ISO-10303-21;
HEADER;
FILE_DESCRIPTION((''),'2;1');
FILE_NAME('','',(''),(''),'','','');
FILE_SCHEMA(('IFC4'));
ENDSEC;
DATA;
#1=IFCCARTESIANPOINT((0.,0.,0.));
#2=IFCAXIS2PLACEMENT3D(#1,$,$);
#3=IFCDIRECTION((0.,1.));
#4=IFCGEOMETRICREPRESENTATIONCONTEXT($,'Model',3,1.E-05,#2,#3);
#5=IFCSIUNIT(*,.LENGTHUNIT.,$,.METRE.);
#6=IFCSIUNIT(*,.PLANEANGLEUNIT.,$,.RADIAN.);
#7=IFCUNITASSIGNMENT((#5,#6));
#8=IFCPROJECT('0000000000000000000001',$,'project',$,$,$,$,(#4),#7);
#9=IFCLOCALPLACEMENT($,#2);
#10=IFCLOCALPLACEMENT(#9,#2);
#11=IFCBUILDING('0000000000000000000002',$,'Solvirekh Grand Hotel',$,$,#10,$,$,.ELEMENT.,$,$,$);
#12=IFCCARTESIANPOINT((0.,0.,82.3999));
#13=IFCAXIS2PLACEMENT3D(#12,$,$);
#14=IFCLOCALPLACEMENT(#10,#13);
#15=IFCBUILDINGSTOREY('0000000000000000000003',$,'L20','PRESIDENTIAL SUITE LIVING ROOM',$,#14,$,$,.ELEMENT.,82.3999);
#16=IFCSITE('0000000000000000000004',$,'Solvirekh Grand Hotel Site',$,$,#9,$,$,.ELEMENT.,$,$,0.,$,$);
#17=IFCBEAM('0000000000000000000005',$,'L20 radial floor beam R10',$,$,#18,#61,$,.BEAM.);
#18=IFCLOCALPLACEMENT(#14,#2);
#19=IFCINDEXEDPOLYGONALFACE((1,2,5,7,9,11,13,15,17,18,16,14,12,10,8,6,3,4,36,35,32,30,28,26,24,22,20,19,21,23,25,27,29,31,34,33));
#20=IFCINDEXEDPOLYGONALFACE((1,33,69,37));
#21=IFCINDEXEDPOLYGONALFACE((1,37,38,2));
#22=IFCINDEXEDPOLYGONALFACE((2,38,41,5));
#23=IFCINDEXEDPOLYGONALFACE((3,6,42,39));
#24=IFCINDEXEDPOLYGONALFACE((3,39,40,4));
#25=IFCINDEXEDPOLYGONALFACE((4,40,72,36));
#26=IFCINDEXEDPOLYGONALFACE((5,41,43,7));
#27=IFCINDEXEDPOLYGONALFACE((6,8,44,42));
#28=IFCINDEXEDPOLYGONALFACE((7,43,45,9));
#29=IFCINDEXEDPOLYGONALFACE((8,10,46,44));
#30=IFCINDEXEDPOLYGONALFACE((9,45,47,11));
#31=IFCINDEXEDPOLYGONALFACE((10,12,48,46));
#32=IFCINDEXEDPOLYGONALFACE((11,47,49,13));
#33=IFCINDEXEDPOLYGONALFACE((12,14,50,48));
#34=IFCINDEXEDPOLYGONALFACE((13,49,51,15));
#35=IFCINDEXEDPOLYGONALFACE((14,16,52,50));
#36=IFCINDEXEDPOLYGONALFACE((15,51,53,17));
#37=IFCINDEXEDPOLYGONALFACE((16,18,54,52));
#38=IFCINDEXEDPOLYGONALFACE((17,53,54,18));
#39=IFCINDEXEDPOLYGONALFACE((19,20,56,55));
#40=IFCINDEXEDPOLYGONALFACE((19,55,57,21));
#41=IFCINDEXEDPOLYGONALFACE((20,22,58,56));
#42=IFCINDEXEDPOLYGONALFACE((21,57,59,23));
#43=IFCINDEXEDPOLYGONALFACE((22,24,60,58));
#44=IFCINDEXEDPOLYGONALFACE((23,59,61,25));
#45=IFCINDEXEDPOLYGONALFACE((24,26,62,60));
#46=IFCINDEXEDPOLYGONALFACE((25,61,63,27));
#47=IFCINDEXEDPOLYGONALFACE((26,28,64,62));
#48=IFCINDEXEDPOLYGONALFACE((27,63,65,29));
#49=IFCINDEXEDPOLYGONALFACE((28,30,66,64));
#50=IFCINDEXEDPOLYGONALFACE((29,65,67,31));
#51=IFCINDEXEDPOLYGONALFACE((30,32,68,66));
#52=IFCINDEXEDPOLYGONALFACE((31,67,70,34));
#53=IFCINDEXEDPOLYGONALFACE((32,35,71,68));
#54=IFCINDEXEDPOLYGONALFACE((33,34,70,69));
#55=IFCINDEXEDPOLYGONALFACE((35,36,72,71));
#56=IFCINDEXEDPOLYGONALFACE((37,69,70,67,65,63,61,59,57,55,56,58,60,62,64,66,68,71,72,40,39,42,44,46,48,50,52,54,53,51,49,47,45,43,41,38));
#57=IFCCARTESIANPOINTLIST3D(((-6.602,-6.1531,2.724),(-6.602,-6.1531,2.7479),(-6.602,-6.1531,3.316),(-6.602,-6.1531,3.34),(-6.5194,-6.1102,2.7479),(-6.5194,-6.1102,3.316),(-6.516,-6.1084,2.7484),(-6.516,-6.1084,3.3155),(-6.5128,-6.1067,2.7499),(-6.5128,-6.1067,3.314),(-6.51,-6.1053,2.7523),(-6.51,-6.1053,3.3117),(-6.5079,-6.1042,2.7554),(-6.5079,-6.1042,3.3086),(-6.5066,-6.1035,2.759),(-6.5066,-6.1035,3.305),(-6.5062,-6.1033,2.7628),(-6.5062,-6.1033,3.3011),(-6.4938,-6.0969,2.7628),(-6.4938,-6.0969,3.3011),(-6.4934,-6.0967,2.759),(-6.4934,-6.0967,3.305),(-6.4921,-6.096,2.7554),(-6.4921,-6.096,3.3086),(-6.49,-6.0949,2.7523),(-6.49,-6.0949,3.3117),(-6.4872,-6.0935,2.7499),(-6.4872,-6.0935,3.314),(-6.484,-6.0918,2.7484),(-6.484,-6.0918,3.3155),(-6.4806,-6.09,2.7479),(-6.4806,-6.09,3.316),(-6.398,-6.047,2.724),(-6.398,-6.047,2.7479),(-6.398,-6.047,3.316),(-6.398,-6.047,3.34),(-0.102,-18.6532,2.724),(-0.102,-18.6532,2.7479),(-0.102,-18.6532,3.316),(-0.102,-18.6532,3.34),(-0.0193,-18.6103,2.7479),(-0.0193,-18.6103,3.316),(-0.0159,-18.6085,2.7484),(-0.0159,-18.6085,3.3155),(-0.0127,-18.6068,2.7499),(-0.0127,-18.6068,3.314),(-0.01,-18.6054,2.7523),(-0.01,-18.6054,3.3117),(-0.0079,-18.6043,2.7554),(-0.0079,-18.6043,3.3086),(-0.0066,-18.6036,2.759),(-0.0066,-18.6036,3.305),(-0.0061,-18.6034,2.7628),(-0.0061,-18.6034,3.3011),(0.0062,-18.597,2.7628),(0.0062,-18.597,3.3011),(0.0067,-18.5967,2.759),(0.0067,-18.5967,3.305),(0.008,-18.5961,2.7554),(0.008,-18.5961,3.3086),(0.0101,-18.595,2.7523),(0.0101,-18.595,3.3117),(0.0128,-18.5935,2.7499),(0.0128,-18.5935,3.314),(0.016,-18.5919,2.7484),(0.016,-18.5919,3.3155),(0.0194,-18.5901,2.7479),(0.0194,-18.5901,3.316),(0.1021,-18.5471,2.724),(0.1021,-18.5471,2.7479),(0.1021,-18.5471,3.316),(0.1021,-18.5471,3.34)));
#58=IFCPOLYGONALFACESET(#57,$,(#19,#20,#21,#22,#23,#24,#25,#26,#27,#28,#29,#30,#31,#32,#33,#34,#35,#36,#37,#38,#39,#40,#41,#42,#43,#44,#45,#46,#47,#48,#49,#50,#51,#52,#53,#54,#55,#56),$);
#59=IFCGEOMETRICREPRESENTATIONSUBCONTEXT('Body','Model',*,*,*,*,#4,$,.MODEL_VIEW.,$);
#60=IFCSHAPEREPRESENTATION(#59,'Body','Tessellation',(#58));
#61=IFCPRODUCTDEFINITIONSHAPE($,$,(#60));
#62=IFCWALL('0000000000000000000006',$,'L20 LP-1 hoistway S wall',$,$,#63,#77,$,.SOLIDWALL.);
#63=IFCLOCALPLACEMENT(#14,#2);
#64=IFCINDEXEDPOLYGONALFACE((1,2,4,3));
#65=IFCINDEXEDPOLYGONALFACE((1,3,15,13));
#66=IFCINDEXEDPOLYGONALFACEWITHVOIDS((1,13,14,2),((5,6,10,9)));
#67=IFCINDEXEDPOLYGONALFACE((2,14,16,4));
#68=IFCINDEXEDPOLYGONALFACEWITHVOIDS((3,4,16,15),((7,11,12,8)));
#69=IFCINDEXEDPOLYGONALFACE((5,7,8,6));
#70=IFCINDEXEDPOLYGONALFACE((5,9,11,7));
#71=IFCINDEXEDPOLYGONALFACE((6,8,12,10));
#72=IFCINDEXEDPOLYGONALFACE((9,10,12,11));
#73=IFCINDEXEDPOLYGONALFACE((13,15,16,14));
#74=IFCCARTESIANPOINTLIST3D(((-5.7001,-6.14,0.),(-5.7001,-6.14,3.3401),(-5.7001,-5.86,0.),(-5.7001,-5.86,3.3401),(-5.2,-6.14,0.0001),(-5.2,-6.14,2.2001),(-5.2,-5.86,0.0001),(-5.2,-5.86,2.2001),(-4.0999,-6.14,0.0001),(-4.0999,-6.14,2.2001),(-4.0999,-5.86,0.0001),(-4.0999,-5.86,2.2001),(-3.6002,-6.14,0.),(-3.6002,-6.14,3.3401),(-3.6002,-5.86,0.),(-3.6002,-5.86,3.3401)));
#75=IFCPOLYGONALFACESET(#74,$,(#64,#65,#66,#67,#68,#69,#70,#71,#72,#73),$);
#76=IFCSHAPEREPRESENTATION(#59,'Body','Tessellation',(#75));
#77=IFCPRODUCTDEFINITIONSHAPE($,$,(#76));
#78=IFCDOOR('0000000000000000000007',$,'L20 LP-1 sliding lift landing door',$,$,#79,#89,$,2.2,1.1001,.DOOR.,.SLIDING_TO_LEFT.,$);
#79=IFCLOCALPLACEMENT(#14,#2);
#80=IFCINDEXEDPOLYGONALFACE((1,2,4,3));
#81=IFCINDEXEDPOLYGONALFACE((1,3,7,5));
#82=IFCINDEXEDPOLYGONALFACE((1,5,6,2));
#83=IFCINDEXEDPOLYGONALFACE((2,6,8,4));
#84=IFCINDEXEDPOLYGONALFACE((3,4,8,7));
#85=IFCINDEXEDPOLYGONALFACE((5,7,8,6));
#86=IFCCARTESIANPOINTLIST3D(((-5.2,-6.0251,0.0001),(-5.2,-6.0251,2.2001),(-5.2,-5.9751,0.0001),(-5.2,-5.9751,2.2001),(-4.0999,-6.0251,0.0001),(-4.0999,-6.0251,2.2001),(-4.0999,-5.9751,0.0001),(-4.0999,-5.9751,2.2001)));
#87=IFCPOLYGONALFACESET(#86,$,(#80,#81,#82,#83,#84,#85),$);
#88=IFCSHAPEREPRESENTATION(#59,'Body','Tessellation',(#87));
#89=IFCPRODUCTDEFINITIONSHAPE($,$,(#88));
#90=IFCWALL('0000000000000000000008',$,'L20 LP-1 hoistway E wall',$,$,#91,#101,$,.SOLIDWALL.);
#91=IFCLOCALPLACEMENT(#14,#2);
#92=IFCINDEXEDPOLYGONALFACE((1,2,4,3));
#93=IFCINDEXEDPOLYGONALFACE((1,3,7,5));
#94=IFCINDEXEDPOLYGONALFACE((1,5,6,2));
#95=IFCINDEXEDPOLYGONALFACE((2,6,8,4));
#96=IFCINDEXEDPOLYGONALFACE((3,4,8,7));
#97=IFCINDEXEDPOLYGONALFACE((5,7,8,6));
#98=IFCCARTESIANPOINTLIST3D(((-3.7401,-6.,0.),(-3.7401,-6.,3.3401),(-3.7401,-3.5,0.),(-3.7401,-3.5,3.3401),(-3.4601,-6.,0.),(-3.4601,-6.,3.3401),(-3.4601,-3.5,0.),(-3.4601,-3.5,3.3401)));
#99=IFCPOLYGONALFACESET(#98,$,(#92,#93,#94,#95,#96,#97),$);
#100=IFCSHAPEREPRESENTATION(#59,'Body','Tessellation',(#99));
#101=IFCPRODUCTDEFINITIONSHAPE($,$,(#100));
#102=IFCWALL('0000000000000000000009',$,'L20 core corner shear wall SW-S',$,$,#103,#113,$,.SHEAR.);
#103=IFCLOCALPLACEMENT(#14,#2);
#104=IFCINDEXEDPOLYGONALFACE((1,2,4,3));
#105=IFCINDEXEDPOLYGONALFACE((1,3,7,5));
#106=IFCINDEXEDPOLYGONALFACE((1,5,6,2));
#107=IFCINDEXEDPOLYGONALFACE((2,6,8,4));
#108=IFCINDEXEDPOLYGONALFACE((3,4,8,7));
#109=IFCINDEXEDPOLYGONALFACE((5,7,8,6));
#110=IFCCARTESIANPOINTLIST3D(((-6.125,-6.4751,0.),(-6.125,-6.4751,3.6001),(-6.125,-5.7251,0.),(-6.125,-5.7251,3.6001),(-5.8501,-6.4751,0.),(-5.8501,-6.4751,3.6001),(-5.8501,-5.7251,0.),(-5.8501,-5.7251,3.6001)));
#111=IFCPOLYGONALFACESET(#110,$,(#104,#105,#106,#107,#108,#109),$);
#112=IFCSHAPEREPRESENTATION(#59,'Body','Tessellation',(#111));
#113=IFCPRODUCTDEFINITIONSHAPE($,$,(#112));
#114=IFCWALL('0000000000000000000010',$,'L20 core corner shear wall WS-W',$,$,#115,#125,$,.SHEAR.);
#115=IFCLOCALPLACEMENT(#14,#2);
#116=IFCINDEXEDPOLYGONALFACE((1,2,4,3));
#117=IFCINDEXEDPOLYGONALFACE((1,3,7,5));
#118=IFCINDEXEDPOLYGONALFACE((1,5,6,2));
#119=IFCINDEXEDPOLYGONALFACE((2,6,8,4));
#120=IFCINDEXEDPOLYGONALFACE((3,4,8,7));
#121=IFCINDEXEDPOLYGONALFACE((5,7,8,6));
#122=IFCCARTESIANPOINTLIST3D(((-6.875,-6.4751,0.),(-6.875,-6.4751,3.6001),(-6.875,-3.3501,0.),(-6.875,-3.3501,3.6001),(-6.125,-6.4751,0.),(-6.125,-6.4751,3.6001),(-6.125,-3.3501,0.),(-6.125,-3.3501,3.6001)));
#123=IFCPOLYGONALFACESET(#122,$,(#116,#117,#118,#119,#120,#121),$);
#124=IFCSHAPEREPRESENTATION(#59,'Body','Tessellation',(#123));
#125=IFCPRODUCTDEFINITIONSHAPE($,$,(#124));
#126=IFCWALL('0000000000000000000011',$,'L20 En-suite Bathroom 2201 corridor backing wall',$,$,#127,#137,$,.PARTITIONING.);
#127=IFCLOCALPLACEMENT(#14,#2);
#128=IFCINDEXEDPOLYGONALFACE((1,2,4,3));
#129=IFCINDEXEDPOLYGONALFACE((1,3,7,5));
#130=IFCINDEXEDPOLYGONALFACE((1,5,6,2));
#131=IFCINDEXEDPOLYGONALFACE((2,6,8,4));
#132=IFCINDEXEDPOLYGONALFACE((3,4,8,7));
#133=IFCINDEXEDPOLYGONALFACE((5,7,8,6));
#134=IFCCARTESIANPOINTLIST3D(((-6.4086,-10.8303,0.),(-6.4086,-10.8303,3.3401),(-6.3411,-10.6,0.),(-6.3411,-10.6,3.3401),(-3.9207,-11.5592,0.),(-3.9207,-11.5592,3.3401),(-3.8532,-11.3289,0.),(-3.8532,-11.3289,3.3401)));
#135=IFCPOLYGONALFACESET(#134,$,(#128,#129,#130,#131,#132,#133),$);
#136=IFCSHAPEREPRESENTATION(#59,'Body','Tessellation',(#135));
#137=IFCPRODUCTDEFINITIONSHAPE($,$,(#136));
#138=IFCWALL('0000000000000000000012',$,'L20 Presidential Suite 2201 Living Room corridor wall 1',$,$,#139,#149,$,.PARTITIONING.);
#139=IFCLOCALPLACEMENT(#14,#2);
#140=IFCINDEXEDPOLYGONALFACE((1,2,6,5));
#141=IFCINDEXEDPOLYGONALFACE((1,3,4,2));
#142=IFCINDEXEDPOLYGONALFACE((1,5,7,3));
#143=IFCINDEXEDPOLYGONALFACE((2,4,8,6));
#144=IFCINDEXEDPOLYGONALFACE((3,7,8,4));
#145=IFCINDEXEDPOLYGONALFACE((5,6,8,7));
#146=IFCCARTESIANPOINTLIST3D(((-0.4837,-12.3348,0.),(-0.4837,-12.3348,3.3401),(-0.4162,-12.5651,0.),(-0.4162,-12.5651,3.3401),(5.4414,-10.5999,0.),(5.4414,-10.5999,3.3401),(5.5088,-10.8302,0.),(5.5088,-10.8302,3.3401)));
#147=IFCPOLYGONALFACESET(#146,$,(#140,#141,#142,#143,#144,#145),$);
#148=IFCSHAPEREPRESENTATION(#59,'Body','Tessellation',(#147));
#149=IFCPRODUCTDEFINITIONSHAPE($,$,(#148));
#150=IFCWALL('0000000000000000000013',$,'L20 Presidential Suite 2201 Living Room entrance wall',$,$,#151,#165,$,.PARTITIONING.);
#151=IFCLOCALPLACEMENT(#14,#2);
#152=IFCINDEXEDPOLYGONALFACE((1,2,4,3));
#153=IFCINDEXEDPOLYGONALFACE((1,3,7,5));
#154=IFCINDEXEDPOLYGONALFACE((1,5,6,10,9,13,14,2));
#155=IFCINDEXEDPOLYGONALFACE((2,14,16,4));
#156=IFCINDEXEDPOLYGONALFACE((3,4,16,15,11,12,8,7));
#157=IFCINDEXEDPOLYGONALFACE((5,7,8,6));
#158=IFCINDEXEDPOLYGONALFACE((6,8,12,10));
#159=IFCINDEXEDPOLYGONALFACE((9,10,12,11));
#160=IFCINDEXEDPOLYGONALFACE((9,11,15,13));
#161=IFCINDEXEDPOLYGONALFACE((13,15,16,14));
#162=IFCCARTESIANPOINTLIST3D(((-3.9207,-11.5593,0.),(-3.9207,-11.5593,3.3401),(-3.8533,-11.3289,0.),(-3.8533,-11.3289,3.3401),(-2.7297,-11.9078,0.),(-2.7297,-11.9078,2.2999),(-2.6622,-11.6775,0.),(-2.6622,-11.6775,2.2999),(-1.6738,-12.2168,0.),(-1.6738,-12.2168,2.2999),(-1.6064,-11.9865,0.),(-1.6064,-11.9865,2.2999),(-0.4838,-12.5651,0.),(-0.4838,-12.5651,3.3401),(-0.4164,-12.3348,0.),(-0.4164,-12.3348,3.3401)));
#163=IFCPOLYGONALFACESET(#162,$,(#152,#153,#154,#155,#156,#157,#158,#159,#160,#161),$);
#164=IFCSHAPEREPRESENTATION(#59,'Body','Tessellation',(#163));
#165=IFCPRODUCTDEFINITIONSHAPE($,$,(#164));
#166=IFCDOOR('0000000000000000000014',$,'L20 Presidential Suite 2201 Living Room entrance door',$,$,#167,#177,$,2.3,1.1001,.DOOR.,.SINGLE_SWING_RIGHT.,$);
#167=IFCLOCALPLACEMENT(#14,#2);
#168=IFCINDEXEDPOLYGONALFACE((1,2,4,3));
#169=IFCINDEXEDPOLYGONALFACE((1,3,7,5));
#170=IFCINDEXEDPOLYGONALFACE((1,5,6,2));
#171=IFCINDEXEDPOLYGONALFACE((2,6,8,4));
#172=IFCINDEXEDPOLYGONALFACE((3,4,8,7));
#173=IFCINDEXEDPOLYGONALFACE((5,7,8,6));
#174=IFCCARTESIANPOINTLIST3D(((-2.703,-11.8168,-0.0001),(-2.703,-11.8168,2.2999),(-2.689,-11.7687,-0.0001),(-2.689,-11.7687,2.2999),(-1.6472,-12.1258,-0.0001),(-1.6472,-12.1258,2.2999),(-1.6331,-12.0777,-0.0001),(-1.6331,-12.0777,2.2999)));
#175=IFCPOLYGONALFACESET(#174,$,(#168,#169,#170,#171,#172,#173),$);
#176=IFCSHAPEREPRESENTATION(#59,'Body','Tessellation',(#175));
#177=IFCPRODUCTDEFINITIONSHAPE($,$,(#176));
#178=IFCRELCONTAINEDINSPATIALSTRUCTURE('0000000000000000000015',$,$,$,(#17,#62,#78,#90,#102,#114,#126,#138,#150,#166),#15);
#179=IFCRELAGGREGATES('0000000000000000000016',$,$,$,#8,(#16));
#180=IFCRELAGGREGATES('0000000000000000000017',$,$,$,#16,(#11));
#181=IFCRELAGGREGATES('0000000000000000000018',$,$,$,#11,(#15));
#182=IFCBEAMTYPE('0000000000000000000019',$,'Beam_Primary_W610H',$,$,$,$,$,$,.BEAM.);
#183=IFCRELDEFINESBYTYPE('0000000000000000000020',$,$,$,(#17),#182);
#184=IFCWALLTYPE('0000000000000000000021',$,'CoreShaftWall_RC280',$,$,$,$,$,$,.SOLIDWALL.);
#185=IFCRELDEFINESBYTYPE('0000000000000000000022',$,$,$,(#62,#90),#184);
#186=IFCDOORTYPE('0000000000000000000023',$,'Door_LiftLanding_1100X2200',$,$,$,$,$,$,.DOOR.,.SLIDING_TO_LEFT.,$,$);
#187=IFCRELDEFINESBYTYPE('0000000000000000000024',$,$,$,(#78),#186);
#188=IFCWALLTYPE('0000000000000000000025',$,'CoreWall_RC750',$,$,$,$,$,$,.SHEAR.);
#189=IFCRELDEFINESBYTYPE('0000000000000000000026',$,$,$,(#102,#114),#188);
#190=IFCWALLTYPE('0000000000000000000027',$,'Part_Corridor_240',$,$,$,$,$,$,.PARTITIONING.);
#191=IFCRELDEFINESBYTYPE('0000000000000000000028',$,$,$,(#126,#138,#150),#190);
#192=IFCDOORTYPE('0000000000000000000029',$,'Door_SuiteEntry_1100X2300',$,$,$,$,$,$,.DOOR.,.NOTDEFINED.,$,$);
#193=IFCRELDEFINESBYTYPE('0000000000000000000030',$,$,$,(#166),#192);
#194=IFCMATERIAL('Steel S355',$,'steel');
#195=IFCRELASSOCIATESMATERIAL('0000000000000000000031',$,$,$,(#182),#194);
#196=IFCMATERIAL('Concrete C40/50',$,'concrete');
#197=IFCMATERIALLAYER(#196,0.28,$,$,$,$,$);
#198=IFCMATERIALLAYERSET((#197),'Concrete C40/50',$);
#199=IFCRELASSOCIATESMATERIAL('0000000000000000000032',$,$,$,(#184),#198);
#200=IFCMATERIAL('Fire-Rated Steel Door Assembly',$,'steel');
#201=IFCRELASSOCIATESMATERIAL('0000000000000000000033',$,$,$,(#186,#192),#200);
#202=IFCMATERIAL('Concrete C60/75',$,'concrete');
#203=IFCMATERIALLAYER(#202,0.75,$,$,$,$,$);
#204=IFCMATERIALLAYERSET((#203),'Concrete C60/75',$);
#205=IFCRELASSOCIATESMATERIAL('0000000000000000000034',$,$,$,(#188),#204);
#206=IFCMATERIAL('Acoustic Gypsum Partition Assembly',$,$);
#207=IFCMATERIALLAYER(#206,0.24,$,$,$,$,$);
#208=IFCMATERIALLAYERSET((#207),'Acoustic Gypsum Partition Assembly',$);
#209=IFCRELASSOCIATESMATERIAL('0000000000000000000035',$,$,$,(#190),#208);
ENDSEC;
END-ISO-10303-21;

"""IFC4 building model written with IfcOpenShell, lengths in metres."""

from ifc_helpers import new_model, si_unit, direction, frame, frame_2d, origin, origin_2d, place, context, subcontext, project, spatial, rectangle, i_section, extrude, material, layer, layer_set, material_profile, profile_set, type_object, element, fill, save


model = new_model("IFC4")

# Units and contexts
model_context = context("Model", 3, precision=1e-05, world=origin(), true_north=direction((0.0, 1.0)))
body_context = subcontext(model_context, "Body", "Model", "MODEL_VIEW")
ifc_project = project(units=[si_unit("LENGTHUNIT", "METRE"), si_unit("PLANEANGLEUNIT", "RADIAN")], contexts=[model_context])

# Site, building, storey
site_placement = place(None, origin())
site = spatial("IfcSite", under=ifc_project, at=site_placement, Name="Solvirekh Grand Hotel Site", CompositionType="ELEMENT", RefElevation=0.0)
building_placement = place(site_placement, origin())
building = spatial("IfcBuilding", under=site, at=building_placement, Name="Solvirekh Grand Hotel", CompositionType="ELEMENT")
storey_placement = place(building_placement, frame((0.0, 0.0, 82.3999)))
storey = spatial("IfcBuildingStorey", under=building, at=storey_placement, Name="L20", Description="PRESIDENTIAL SUITE LIVING ROOM", CompositionType="ELEMENT", Elevation=82.3999)

# Shared definitions
ifc_material_1 = material(Name="Concrete C60/75", Category="concrete")

# Beam
ifc_material_2 = material(Name="Steel S355", Category="steel")
ifc_material_profile_1 = material_profile(ifc_material_2, i_section(OverallWidth=0.23, OverallDepth=0.616, WebThickness=0.0139, FlangeThickness=0.0239, FilletRadius=0.0149, at=origin_2d()), Name="W610X174")
ifc_profile_set_1 = profile_set([ifc_material_profile_1], Name="Steel S355")
beam_type_1 = type_object("IfcBeamType", Name="Beam_Primary_W610H", PredefinedType="BEAM", material=ifc_profile_set_1)
beam_1_placement = place(storey_placement, frame((-6.5, -6.1001, 3.032), z_axis=(0.461353, -0.887217, 0.0), x_axis=(0.887217, 0.461353, 0.0)))
element("IfcBeam", 1, at=beam_1_placement, inside=storey, type_object=beam_type_1, Name="L20 radial floor beam R10", PredefinedType="BEAM", context=body_context, shape_type="SweptSolid", body=[
    extrude(i_section(OverallWidth=0.23, OverallDepth=0.616, WebThickness=0.0139, FlangeThickness=0.0239, FilletRadius=0.0149, at=origin_2d()), origin(), (0.0, 0.0, 1.0), 14.0891),
])

# Wall, opening, door
ifc_material_3 = material(Name="Concrete C40/50", Category="concrete")
ifc_layer_1 = layer(ifc_material_3, 0.28)
ifc_layer_set_1 = layer_set([ifc_layer_1], Name="Concrete C40/50")
wall_type_1 = type_object("IfcWallType", Name="CoreShaftWall_RC280", PredefinedType="SOLIDWALL", material=ifc_layer_set_1)
wall_1_placement = place(storey_placement, frame((-5.7, -6.0, 0.0), z_axis=(0.0, 0.0, 1.0), x_axis=(1.0, 0.0, 0.0)))
wall_1 = element("IfcWall", 2, at=wall_1_placement, inside=storey, type_object=wall_type_1, Name="L20 LP-1 hoistway S wall", PredefinedType="SOLIDWALL", context=body_context, shape_type="SweptSolid", body=[
    extrude(rectangle(XDim=2.0999, YDim=0.28, at=frame_2d((1.0498, 0.0))), origin(), (0.0, 0.0, 1.0), 3.3401),
])
opening_1_placement = place(wall_1_placement, frame((0.5, 0.0, 0.0)))
opening_1 = element("IfcOpeningElement", 3, at=opening_1_placement, cuts=wall_1, PredefinedType="OPENING", context=body_context, shape_type="SweptSolid", body=[
    extrude(rectangle(XDim=1.1001, YDim=2.2, at=frame_2d((0.55, 1.1001))), frame((0.0, 0.1499, 0.0), z_axis=(0.0, -1.0, 0.0), x_axis=(1.0, 0.0, 0.0)), (0.0, 0.0, 1.0), 0.3),
])
ifc_material_4 = material(Name="Fire-Rated Steel Door Assembly", Category="steel")
door_type_1 = type_object("IfcDoorType", Name="Door_LiftLanding_1100X2200", OperationType="SLIDING_TO_LEFT", PredefinedType="DOOR", material=ifc_material_4)
door_1_placement = place(opening_1_placement, origin())
door_1 = element("IfcDoor", 4, at=door_1_placement, inside=storey, type_object=door_type_1, Name="L20 LP-1 sliding lift landing door", OperationType="SLIDING_TO_LEFT", OverallHeight=2.2, OverallWidth=1.1001, PredefinedType="DOOR", context=body_context, shape_type="SweptSolid", body=[
    extrude(rectangle(XDim=1.1001, YDim=2.2, at=frame_2d((0.55, 1.1001))), frame((0.0, 0.0249, 0.0), z_axis=(0.0, -1.0, 0.0), x_axis=(1.0, 0.0, 0.0)), (0.0, 0.0, 1.0), 0.05),
])
fill(opening_1, door_1)

# Walls
wall_2_placement = place(storey_placement, frame((-3.6001, -6.0, 0.0), z_axis=(0.0, 0.0, 1.0), x_axis=(0.0, 1.0, 0.0)))
element("IfcWall", 5, at=wall_2_placement, inside=storey, type_object=wall_type_1, Name="L20 LP-1 hoistway E wall", PredefinedType="SOLIDWALL", context=body_context, shape_type="SweptSolid", body=[
    extrude(rectangle(XDim=2.5, YDim=0.28, at=frame_2d((1.25, 0.0))), origin(), (0.0, 0.0, 1.0), 3.3401),
])
ifc_layer_2 = layer(ifc_material_1, 0.75)
ifc_layer_set_2 = layer_set([ifc_layer_2], Name="Concrete C60/75")
wall_type_2 = type_object("IfcWallType", Name="CoreWall_RC750", PredefinedType="SHEAR", material=ifc_layer_set_2)
wall_3_placement = place(storey_placement, frame((-6.125, -6.1001, 0.0), z_axis=(0.0, 0.0, 1.0), x_axis=(1.0, 0.0, 0.0)))
element("IfcWall", 6, at=wall_3_placement, inside=storey, type_object=wall_type_2, Name="L20 core corner shear wall SW-S", PredefinedType="SHEAR", context=body_context, shape_type="SweptSolid", body=[
    extrude(rectangle(XDim=0.2749, YDim=0.75, at=frame_2d((0.1375, 0.0))), origin(), (0.0, 0.0, 1.0), 3.6001),
])
wall_4_placement = place(storey_placement, frame((-6.5, -6.4751, 0.0), z_axis=(0.0, 0.0, 1.0), x_axis=(0.0, 1.0, 0.0)))
element("IfcWall", 7, at=wall_4_placement, inside=storey, type_object=wall_type_2, Name="L20 core corner shear wall WS-W", PredefinedType="SHEAR", context=body_context, shape_type="SweptSolid", body=[
    extrude(rectangle(XDim=3.125, YDim=0.75, at=frame_2d((1.5625, 0.0))), origin(), (0.0, 0.0, 1.0), 3.6001),
])
ifc_material_5 = material(Name="Acoustic Gypsum Partition Assembly")
ifc_layer_3 = layer(ifc_material_5, 0.24)
ifc_layer_set_3 = layer_set([ifc_layer_3], Name="Acoustic Gypsum Partition Assembly")
wall_type_3 = type_object("IfcWallType", Name="Part_Corridor_240", PredefinedType="PARTITIONING", material=ifc_layer_set_3)
wall_5_placement = place(storey_placement, frame((-6.375, -10.7151, 0.0), z_axis=(0.0, 0.0, 1.0), x_axis=(0.959654, -0.281182, 0.0)))
element("IfcWall", 8, at=wall_5_placement, inside=storey, type_object=wall_type_3, Name="L20 En-suite Bathroom 2201 corridor backing wall", PredefinedType="PARTITIONING", context=body_context, shape_type="SweptSolid", body=[
    extrude(rectangle(XDim=2.5925, YDim=0.24, at=frame_2d((1.2964, 0.0))), origin(), (0.0, 0.0, 1.0), 3.3401),
])
wall_6_placement = place(storey_placement, frame((-0.45, -12.45, 0.0), z_axis=(0.0, 0.0, 1.0), x_axis=(0.959707, 0.281004, 0.0)))
element("IfcWall", 9, at=wall_6_placement, inside=storey, type_object=wall_type_3, Name="L20 Presidential Suite 2201 Living Room corridor wall 1", PredefinedType="PARTITIONING", context=body_context, shape_type="SweptSolid", body=[
    extrude(rectangle(XDim=6.1738, YDim=0.24, at=frame_2d((3.0869, 0.0))), origin(), (0.0, 0.0, 1.0), 3.3401),
])

# Wall, opening, door
wall_7_placement = place(storey_placement, frame((-3.887, -11.4441, 0.0), z_axis=(0.0, 0.0, 1.0), x_axis=(0.959745, -0.280874, 0.0)))
wall_7 = element("IfcWall", 10, at=wall_7_placement, inside=storey, type_object=wall_type_3, Name="L20 Presidential Suite 2201 Living Room entrance wall", PredefinedType="PARTITIONING", context=body_context, shape_type="SweptSolid", body=[
    extrude(rectangle(XDim=3.5811, YDim=0.24, at=frame_2d((1.7905, 0.0))), origin(), (0.0, 0.0, 1.0), 3.3401),
])
opening_2_placement = place(wall_7_placement, frame((1.241, 0.0, 0.0)))
opening_2 = element("IfcOpeningElement", 11, at=opening_2_placement, cuts=wall_7, PredefinedType="OPENING", context=body_context, shape_type="SweptSolid", body=[
    extrude(rectangle(XDim=1.1001, YDim=2.3, at=frame_2d((0.55, 1.1499))), frame((0.0, 0.1299, 0.0), z_axis=(0.0, -1.0, 0.0), x_axis=(1.0, 0.0, 0.0)), (0.0, 0.0, 1.0), 0.26),
])
door_type_2 = type_object("IfcDoorType", Name="Door_SuiteEntry_1100X2300", OperationType="NOTDEFINED", PredefinedType="DOOR", material=ifc_material_4)
door_2_placement = place(opening_2_placement, origin())
door_2 = element("IfcDoor", 12, at=door_2_placement, inside=storey, type_object=door_type_2, Name="L20 Presidential Suite 2201 Living Room entrance door", OperationType="SINGLE_SWING_RIGHT", OverallHeight=2.3, OverallWidth=1.1001, PredefinedType="DOOR", context=body_context, shape_type="SweptSolid", body=[
    extrude(rectangle(XDim=1.1001, YDim=2.3, at=frame_2d((0.55, 1.1499))), frame((0.0, 0.0249, 0.0), z_axis=(0.0, -1.0, 0.0), x_axis=(1.0, 0.0, 0.0)), (0.0, 0.0, 1.0), 0.05),
])
fill(opening_2, door_2)

save(model, "model.ifc")
